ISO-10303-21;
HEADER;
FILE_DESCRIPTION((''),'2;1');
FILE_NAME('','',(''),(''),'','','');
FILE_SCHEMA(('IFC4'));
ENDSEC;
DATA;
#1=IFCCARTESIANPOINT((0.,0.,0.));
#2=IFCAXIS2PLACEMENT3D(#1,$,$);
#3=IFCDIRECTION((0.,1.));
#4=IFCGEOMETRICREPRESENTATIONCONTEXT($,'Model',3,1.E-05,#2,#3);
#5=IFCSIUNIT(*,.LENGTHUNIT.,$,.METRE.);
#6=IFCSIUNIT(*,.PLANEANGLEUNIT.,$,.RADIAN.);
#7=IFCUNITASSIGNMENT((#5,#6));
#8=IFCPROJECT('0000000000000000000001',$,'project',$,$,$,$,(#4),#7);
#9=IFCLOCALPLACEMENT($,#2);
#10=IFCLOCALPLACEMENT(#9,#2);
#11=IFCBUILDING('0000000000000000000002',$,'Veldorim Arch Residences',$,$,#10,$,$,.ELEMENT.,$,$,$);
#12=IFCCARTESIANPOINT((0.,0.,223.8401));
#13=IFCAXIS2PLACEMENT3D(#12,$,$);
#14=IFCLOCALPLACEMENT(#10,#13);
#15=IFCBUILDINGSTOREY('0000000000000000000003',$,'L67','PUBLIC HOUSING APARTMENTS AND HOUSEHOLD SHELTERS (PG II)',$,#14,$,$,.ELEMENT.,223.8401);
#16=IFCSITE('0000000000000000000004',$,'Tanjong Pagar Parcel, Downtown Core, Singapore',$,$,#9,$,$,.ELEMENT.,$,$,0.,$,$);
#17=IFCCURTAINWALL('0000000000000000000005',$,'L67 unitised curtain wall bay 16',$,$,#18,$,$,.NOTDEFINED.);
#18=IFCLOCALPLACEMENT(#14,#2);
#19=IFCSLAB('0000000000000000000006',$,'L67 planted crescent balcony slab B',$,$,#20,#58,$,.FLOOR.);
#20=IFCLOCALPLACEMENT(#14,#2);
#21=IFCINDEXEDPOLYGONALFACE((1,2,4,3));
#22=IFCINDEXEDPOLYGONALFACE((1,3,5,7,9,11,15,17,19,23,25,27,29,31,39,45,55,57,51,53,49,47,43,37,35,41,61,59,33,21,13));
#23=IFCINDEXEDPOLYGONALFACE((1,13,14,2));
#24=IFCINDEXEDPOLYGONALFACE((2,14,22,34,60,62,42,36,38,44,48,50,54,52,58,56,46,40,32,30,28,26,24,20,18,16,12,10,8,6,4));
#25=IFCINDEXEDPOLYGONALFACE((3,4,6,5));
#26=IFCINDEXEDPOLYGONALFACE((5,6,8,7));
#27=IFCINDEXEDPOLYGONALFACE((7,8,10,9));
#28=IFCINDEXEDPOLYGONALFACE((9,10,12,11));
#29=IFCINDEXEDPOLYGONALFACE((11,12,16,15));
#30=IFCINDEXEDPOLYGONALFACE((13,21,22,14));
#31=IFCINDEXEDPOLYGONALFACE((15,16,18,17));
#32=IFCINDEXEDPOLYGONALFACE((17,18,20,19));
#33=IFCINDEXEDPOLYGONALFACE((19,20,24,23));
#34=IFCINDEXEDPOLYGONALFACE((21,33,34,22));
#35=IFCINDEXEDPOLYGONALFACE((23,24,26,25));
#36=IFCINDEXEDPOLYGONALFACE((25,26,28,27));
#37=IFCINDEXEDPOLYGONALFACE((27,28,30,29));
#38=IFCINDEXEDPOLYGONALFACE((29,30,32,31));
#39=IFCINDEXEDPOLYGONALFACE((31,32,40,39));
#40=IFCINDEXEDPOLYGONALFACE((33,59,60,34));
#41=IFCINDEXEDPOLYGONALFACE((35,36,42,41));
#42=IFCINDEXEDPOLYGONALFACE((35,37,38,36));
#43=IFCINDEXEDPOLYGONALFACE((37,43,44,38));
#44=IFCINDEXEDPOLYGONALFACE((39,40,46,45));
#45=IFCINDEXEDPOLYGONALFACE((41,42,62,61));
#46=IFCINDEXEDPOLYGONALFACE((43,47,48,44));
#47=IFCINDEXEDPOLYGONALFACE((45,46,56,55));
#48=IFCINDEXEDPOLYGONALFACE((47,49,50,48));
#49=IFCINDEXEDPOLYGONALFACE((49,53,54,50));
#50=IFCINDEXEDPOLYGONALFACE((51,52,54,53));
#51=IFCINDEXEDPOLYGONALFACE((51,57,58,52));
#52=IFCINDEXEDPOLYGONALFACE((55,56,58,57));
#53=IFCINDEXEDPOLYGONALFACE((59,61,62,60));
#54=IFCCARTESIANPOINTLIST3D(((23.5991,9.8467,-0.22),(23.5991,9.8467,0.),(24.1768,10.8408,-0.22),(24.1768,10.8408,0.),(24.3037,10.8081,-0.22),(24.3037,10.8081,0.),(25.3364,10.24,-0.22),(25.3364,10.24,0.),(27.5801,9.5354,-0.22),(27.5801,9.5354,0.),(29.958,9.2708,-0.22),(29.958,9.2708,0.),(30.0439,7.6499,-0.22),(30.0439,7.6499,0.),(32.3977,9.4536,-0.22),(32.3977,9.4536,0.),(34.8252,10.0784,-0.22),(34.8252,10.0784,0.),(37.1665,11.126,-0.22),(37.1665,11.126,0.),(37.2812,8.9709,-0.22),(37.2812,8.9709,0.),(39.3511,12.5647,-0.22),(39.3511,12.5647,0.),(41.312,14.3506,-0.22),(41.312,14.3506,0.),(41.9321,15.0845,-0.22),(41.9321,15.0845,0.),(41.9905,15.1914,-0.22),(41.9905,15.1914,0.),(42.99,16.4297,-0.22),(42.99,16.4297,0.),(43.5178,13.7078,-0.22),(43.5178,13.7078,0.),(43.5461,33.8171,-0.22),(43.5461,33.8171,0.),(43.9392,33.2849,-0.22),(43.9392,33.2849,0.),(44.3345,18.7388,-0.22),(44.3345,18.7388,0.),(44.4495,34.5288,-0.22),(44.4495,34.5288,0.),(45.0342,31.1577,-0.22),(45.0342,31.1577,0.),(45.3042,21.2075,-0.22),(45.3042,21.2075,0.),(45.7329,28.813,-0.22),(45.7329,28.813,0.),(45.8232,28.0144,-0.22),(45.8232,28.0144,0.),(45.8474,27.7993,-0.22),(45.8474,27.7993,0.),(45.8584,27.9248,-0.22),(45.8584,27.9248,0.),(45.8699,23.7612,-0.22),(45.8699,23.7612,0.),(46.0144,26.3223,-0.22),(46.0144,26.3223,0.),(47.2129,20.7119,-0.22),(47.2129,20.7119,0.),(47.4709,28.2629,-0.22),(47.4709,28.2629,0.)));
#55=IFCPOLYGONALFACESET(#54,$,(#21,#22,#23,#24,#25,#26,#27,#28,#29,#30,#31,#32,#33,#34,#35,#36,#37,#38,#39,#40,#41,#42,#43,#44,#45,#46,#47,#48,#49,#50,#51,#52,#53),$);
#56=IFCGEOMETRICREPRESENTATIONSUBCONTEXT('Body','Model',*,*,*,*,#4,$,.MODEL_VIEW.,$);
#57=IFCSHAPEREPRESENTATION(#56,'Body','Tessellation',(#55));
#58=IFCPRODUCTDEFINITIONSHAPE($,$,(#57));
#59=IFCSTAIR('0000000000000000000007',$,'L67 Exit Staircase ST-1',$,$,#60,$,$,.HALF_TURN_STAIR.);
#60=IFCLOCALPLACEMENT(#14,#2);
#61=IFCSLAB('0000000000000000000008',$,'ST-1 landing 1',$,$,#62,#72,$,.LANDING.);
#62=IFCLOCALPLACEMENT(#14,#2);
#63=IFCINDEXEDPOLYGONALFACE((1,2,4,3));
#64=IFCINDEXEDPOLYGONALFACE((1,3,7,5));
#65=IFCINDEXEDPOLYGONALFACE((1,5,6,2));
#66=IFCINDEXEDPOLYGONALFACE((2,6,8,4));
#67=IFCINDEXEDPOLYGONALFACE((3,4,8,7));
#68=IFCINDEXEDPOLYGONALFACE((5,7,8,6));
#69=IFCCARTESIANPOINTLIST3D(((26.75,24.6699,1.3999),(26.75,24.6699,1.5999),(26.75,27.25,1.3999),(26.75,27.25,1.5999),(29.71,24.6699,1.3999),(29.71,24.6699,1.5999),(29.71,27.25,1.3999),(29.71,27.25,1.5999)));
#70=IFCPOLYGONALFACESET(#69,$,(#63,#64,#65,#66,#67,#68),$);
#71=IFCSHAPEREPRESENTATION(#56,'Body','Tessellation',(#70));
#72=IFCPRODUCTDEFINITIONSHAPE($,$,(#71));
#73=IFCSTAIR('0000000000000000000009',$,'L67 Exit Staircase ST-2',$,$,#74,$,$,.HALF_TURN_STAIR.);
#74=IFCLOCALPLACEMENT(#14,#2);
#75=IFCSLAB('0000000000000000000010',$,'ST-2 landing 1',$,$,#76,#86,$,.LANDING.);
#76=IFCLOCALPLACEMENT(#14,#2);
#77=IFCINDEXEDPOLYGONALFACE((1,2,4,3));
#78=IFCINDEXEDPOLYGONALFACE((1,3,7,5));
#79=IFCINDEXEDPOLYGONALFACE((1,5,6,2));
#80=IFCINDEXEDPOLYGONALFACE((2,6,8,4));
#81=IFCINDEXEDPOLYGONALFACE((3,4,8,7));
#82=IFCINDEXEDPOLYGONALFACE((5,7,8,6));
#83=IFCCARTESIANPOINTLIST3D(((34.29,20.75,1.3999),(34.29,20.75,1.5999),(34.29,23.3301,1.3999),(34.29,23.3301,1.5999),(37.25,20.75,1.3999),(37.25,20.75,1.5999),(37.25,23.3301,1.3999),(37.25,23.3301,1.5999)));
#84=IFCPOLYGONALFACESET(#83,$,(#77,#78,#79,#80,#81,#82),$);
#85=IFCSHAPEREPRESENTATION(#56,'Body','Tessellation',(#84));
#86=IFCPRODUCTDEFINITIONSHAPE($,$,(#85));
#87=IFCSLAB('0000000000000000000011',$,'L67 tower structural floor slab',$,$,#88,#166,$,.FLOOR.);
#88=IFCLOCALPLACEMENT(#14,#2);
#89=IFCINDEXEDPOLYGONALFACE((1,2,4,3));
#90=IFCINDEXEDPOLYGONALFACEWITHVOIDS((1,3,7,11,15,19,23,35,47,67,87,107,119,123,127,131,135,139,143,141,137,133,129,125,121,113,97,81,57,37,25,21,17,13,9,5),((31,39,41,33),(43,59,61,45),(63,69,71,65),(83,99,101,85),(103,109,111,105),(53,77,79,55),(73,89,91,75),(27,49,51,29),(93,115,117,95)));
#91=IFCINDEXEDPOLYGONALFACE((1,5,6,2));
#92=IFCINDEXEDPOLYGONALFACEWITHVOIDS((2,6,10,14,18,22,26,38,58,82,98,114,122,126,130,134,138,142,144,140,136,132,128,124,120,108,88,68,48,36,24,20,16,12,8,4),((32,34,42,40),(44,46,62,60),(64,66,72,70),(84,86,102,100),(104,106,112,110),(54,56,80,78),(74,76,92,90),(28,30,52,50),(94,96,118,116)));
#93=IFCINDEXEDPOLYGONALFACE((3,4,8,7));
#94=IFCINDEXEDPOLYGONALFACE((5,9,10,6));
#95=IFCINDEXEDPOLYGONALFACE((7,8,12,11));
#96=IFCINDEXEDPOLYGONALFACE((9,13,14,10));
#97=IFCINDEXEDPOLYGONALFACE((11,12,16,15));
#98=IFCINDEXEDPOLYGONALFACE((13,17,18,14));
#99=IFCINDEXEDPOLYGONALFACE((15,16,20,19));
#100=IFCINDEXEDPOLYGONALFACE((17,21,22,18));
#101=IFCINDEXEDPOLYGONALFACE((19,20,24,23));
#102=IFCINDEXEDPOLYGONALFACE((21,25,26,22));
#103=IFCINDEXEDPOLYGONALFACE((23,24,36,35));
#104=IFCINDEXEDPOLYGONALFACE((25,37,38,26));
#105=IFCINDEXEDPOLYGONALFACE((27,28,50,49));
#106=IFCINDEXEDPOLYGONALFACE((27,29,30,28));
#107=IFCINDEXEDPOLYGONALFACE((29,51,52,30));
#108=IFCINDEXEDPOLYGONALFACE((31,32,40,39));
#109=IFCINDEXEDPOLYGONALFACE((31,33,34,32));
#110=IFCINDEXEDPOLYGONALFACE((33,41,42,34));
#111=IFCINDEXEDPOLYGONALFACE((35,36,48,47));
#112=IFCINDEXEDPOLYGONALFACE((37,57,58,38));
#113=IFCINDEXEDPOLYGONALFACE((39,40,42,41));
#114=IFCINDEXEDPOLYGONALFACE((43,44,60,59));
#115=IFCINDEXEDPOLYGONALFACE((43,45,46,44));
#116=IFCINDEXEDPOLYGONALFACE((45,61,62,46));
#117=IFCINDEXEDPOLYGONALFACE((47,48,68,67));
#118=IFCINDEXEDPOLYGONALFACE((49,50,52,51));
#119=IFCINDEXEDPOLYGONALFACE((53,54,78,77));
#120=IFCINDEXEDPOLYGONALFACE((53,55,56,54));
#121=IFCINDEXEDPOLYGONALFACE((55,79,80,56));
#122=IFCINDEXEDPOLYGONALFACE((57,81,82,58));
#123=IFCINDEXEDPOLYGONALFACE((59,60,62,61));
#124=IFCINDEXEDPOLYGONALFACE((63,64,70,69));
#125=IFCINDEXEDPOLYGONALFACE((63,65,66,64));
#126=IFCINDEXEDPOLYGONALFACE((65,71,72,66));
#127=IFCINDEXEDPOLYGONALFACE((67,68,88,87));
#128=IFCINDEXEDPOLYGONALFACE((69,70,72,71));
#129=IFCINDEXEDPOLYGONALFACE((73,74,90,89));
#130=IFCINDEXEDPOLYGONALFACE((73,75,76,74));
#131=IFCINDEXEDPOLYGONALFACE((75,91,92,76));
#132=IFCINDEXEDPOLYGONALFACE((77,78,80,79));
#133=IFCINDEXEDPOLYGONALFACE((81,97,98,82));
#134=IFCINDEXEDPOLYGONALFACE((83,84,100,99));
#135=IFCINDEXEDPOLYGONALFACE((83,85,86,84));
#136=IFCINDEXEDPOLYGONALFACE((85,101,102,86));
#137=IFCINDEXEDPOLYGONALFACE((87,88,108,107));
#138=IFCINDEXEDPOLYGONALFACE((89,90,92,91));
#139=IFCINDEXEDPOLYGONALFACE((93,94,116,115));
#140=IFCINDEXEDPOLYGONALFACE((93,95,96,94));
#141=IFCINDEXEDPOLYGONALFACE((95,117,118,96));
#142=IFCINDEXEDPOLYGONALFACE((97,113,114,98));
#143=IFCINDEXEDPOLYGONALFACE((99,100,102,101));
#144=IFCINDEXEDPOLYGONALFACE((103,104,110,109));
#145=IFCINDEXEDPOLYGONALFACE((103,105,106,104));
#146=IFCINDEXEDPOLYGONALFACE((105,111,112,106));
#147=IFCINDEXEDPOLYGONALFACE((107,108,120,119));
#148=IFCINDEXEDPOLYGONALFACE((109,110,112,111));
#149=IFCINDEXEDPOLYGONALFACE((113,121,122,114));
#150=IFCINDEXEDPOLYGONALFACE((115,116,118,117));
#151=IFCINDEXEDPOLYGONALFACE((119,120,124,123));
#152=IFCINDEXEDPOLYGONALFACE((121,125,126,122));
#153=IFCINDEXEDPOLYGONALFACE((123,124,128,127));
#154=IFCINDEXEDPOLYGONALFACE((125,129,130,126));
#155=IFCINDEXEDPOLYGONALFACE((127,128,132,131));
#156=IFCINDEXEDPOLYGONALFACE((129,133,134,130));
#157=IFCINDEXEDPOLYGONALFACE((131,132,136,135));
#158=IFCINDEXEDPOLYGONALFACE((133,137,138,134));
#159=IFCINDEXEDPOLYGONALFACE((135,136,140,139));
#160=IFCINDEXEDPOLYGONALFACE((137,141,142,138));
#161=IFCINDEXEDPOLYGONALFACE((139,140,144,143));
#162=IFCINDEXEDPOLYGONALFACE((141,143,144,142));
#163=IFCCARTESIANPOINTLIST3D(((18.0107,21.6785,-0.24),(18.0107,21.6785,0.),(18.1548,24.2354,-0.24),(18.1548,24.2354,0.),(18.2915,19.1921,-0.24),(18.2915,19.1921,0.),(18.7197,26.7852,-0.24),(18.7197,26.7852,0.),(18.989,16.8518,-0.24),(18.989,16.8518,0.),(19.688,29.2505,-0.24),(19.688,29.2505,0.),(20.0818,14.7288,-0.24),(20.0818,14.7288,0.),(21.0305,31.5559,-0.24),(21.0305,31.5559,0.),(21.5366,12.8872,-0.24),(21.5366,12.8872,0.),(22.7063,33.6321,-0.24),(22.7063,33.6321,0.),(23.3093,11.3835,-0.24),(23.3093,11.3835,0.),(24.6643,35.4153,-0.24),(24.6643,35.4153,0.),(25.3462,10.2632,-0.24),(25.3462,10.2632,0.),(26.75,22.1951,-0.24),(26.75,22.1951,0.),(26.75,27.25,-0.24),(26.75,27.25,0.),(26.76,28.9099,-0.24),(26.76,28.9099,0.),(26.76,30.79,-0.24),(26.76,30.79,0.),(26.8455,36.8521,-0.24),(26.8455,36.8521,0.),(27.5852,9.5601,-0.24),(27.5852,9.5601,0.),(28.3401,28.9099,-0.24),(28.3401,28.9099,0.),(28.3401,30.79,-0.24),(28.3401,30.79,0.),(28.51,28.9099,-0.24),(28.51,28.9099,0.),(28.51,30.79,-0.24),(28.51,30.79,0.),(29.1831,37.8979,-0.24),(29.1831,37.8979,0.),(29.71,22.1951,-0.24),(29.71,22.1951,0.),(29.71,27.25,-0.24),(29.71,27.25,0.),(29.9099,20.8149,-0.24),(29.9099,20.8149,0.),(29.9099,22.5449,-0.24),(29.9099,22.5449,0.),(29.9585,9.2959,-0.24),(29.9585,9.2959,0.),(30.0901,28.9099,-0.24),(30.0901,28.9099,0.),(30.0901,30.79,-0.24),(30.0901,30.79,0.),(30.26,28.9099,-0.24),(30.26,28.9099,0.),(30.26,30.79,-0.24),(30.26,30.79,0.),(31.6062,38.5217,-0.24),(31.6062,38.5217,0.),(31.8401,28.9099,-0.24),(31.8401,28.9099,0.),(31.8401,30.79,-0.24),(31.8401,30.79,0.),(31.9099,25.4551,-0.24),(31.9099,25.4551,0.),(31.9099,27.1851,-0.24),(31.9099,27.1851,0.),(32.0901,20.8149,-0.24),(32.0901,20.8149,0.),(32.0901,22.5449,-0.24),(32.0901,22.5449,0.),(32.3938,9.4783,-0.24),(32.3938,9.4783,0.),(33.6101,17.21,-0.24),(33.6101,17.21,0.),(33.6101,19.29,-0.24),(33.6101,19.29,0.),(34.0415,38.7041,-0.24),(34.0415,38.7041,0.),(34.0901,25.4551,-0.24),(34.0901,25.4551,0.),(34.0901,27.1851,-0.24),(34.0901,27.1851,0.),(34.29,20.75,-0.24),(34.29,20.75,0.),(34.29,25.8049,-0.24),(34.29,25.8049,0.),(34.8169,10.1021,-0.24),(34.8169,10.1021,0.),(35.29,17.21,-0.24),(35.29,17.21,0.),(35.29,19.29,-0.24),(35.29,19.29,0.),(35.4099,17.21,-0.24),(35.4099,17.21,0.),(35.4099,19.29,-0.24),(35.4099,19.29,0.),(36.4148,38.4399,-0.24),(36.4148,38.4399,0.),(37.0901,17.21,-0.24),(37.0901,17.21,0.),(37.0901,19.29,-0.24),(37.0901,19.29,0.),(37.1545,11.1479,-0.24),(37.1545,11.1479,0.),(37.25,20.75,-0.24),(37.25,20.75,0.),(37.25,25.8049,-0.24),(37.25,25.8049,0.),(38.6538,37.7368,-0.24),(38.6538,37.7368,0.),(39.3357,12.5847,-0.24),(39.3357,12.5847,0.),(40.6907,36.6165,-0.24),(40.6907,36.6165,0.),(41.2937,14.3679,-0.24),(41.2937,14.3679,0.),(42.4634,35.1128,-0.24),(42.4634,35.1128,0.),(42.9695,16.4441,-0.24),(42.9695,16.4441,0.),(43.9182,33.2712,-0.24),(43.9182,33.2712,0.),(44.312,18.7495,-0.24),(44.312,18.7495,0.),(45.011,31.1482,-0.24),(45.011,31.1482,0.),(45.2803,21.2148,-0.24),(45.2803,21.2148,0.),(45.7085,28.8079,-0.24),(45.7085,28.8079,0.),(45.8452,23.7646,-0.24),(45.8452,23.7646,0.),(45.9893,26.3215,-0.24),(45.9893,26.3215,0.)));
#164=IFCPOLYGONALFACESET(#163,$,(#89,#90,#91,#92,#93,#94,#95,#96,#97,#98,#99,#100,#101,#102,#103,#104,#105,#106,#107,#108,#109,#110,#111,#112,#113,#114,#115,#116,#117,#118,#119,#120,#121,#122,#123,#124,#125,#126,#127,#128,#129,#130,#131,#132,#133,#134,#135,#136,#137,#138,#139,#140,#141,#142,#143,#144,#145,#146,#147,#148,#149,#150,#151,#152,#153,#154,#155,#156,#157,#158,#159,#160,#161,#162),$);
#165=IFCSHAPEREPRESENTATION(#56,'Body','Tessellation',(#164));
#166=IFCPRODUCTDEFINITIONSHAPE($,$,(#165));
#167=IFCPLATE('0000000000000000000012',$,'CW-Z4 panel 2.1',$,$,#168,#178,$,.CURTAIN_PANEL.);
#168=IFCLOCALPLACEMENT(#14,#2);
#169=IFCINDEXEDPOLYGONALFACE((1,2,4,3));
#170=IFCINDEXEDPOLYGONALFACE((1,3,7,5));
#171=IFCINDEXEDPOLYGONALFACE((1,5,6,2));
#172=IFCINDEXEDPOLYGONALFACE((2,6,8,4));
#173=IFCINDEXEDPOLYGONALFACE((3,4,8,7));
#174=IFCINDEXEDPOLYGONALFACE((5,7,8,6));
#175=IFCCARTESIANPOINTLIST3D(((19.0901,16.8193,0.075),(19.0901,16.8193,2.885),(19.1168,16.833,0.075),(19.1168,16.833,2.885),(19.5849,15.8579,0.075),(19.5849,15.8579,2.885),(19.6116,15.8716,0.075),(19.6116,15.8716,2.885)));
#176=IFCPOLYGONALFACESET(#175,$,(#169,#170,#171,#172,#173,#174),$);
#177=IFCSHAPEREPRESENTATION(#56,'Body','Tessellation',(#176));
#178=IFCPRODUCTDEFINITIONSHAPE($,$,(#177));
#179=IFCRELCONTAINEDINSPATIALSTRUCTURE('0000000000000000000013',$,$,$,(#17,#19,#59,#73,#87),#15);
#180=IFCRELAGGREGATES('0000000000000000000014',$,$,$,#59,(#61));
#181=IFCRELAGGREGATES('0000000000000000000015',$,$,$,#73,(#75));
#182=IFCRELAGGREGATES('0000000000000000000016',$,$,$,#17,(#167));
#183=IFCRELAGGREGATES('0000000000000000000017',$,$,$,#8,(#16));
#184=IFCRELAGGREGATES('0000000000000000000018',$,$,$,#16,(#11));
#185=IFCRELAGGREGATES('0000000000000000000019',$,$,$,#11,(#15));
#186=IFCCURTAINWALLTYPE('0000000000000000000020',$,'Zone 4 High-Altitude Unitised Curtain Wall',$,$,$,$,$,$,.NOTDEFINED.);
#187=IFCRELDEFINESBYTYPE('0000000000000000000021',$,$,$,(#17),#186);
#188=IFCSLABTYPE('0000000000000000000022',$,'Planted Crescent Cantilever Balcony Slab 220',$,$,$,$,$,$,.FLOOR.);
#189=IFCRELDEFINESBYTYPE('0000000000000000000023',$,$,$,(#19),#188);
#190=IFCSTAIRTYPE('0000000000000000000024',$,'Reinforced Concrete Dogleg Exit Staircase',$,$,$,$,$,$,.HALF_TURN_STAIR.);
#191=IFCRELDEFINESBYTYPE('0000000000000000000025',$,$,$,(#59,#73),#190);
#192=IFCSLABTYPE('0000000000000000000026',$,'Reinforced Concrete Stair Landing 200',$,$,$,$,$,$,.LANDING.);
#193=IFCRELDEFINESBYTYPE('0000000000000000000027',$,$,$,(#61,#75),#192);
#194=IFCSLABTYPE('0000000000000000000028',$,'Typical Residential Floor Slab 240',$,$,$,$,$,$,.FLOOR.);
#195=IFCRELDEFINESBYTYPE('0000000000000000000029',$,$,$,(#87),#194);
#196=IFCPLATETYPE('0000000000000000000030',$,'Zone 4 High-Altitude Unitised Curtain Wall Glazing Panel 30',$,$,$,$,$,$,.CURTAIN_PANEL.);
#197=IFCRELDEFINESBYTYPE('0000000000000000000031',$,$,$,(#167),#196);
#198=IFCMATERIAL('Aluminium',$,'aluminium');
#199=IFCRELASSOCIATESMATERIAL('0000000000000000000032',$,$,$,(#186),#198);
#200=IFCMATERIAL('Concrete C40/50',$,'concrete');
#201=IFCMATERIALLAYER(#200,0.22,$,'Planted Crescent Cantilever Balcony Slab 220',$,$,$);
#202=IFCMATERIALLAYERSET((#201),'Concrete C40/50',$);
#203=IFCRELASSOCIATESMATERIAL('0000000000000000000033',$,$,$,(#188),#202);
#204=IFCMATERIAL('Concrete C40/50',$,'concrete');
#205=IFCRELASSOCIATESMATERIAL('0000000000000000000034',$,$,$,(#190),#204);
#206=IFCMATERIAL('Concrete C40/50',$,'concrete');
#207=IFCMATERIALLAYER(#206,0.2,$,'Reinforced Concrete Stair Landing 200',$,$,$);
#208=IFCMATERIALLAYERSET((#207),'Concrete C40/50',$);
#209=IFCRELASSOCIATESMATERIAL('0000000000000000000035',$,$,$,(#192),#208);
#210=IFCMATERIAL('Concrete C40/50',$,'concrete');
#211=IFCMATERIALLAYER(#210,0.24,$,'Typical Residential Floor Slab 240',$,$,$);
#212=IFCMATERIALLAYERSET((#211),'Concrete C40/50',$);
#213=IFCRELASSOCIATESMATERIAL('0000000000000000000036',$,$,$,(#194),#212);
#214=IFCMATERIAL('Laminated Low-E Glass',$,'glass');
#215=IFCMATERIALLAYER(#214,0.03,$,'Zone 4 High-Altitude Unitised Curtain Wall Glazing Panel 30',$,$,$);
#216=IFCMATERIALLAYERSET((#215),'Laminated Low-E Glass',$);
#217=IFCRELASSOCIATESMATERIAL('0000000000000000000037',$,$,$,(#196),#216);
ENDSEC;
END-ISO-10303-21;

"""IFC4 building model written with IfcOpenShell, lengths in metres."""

from ifc_helpers import new_model, si_unit, direction, frame, origin, origin_2d, place, context, subcontext, project, spatial, polyline, rectangle, outline, extrude, material, layer, layer_set, type_object, element, aggregate, save


model = new_model("IFC4")

# Units and contexts
model_context = context("Model", 3, precision=1e-05, world=origin(), true_north=direction((0.0, 1.0)))
body_context = subcontext(model_context, "Body", "Model", "MODEL_VIEW")
ifc_project = project(units=[si_unit("LENGTHUNIT", "METRE"), si_unit("PLANEANGLEUNIT", "RADIAN")], contexts=[model_context])

# Site, building, storey
site_placement = place(None, origin())
site = spatial("IfcSite", under=ifc_project, at=site_placement, Name="Tanjong Pagar Parcel, Downtown Core, Singapore", CompositionType="ELEMENT", RefElevation=0.0)
building_placement = place(site_placement, origin())
building = spatial("IfcBuilding", under=site, at=building_placement, Name="Veldorim Arch Residences", CompositionType="ELEMENT")
storey_placement = place(building_placement, frame((0.0, 0.0, 223.8401)))
storey = spatial("IfcBuildingStorey", under=building, at=storey_placement, Name="L67", Description="PUBLIC HOUSING APARTMENTS AND HOUSEHOLD SHELTERS (PG II)", CompositionType="ELEMENT", Elevation=223.8401)

# Curtain wall
ifc_material_1 = material(Name="Aluminium", Category="aluminium")
curtain_wall_type = type_object("IfcCurtainWallType", Name="Zone 4 High-Altitude Unitised Curtain Wall", PredefinedType="NOTDEFINED", material=ifc_material_1)
curtain_wall_placement = place(storey_placement, origin())
curtain_wall = element("IfcCurtainWall", 1, at=curtain_wall_placement, inside=storey, type_object=curtain_wall_type, Name="L67 unitised curtain wall bay 16", PredefinedType="NOTDEFINED")

# Slab
ifc_material_2 = material(Name="Concrete C40/50", Category="concrete")
ifc_layer_1 = layer(ifc_material_2, 0.22, Name="Planted Crescent Cantilever Balcony Slab 220")
ifc_layer_set_1 = layer_set([ifc_layer_1], Name="Concrete C40/50")
slab_type_1 = type_object("IfcSlabType", Name="Planted Crescent Cantilever Balcony Slab 220", PredefinedType="FLOOR", material=ifc_layer_set_1)
slab_1_placement = place(storey_placement, frame((0.0, 0.0, -0.22)))
element("IfcSlab", 2, at=slab_1_placement, inside=storey, type_object=slab_type_1, Name="L67 planted crescent balcony slab B", PredefinedType="FLOOR", context=body_context, shape_type="SweptSolid", body=[
    extrude(outline(polyline([(24.3037, 10.8081), (25.3364, 10.24), (27.5801, 9.5354), (29.958, 9.2708), (32.3977, 9.4536), (34.8252, 10.0784), (37.1665, 11.126), (39.3511, 12.5647), (41.312, 14.3506), (41.9321, 15.0845), (41.9905, 15.1914), (42.99, 16.4297), (44.3345, 18.7388), (45.3042, 21.2075), (45.8699, 23.7612), (46.0144, 26.3223), (45.8474, 27.7993), (45.8584, 27.9248), (45.8232, 28.0144), (45.7329, 28.813), (45.0342, 31.1577), (43.9392, 33.2849), (43.5461, 33.8171), (44.4495, 34.5288), (47.4709, 28.2629), (47.2129, 20.7119), (43.5178, 13.7078), (37.2812, 8.9709), (30.0439, 7.6499), (23.5991, 9.8467), (24.1768, 10.8408), (24.3037, 10.8081)])), origin(), (0.0, 0.0, 1.0), 0.22),
])

# Stairs, slabs
ifc_material_3 = material(Name="Concrete C40/50", Category="concrete")
stair_type = type_object("IfcStairType", Name="Reinforced Concrete Dogleg Exit Staircase", PredefinedType="HALF_TURN_STAIR", material=ifc_material_3)
stair_1_placement = place(storey_placement, origin())
stair_1 = element("IfcStair", 3, at=stair_1_placement, inside=storey, type_object=stair_type, Name="L67 Exit Staircase ST-1", PredefinedType="HALF_TURN_STAIR")
ifc_material_4 = material(Name="Concrete C40/50", Category="concrete")
ifc_layer_2 = layer(ifc_material_4, 0.2, Name="Reinforced Concrete Stair Landing 200")
ifc_layer_set_2 = layer_set([ifc_layer_2], Name="Concrete C40/50")
slab_type_2 = type_object("IfcSlabType", Name="Reinforced Concrete Stair Landing 200", PredefinedType="LANDING", material=ifc_layer_set_2)
slab_2_placement = place(storey_placement, frame((0.0, 0.0, 1.3999)))
slab_2 = element("IfcSlab", 4, at=slab_2_placement, type_object=slab_type_2, Name="ST-1 landing 1", PredefinedType="LANDING", context=body_context, shape_type="SweptSolid", body=[
    extrude(outline(polyline([(29.71, 24.6699), (29.71, 27.25), (26.75, 27.25), (26.75, 24.6699), (29.71, 24.6699)])), origin(), (0.0, 0.0, 1.0), 0.2),
])
aggregate(stair_1, [slab_2])
stair_2_placement = place(storey_placement, origin())
stair_2 = element("IfcStair", 5, at=stair_2_placement, inside=storey, type_object=stair_type, Name="L67 Exit Staircase ST-2", PredefinedType="HALF_TURN_STAIR")
slab_3_placement = place(storey_placement, frame((0.0, 0.0, 1.3999)))
slab_3 = element("IfcSlab", 6, at=slab_3_placement, type_object=slab_type_2, Name="ST-2 landing 1", PredefinedType="LANDING", context=body_context, shape_type="SweptSolid", body=[
    extrude(outline(polyline([(34.29, 23.3301), (34.29, 20.75), (37.25, 20.75), (37.25, 23.3301), (34.29, 23.3301)])), origin(), (0.0, 0.0, 1.0), 0.2),
])
aggregate(stair_2, [slab_3])

# Slab
ifc_material_5 = material(Name="Concrete C40/50", Category="concrete")
ifc_layer_3 = layer(ifc_material_5, 0.24, Name="Typical Residential Floor Slab 240")
ifc_layer_set_3 = layer_set([ifc_layer_3], Name="Concrete C40/50")
slab_type_3 = type_object("IfcSlabType", Name="Typical Residential Floor Slab 240", PredefinedType="FLOOR", material=ifc_layer_set_3)
slab_4_placement = place(storey_placement, frame((0.0, 0.0, -0.24)))
element("IfcSlab", 7, at=slab_4_placement, inside=storey, type_object=slab_type_3, Name="L67 tower structural floor slab", PredefinedType="FLOOR", context=body_context, shape_type="SweptSolid", body=[
    extrude(outline(polyline([(40.6907, 36.6165), (38.6538, 37.7368), (36.4148, 38.4399), (34.0415, 38.7041), (31.6062, 38.5217), (29.1831, 37.8979), (26.8455, 36.8521), (24.6643, 35.4153), (22.7063, 33.6321), (21.0305, 31.5559), (19.688, 29.2505), (18.7197, 26.7852), (18.1548, 24.2354), (18.0107, 21.6785), (18.2915, 19.1921), (18.989, 16.8518), (20.0818, 14.7288), (21.5366, 12.8872), (23.3093, 11.3835), (25.3462, 10.2632), (27.5852, 9.5601), (29.9585, 9.2959), (32.3938, 9.4783), (34.8169, 10.1021), (37.1545, 11.1479), (39.3357, 12.5847), (41.2937, 14.3679), (42.9695, 16.4441), (44.312, 18.7495), (45.2803, 21.2148), (45.8452, 23.7646), (45.9893, 26.3215), (45.7085, 28.8079), (45.011, 31.1482), (43.9182, 33.2712), (42.4634, 35.1128), (40.6907, 36.6165)]), holes=[polyline([(33.6101, 17.21), (33.6101, 19.29), (35.29, 19.29), (35.29, 17.21), (33.6101, 17.21)]), polyline([(35.4099, 17.21), (35.4099, 19.29), (37.0901, 19.29), (37.0901, 17.21), (35.4099, 17.21)]), polyline([(29.9099, 20.8149), (29.9099, 22.5449), (32.0901, 22.5449), (32.0901, 20.8149), (29.9099, 20.8149)]), polyline([(34.29, 20.75), (34.29, 25.8049), (37.25, 25.8049), (37.25, 20.75), (34.29, 20.75)]), polyline([(26.75, 22.1951), (26.75, 27.25), (29.71, 27.25), (29.71, 22.1951), (26.75, 22.1951)]), polyline([(31.9099, 25.4551), (31.9099, 27.1851), (34.0901, 27.1851), (34.0901, 25.4551), (31.9099, 25.4551)]), polyline([(26.76, 28.9099), (26.76, 30.79), (28.3401, 30.79), (28.3401, 28.9099), (26.76, 28.9099)]), polyline([(28.51, 30.79), (30.0901, 30.79), (30.0901, 28.9099), (28.51, 28.9099), (28.51, 30.79)]), polyline([(30.26, 30.79), (31.8401, 30.79), (31.8401, 28.9099), (30.26, 28.9099), (30.26, 30.79)])]), origin(), (0.0, 0.0, 1.0), 0.24),
])

# Plate
ifc_material_6 = material(Name="Laminated Low-E Glass", Category="glass")
ifc_layer_4 = layer(ifc_material_6, 0.03, Name="Zone 4 High-Altitude Unitised Curtain Wall Glazing Panel 30")
ifc_layer_set_4 = layer_set([ifc_layer_4], Name="Laminated Low-E Glass")
plate_type = type_object("IfcPlateType", Name="Zone 4 High-Altitude Unitised Curtain Wall Glazing Panel 30", PredefinedType="CURTAIN_PANEL", material=ifc_layer_set_4)
plate_placement = place(storey_placement, frame((19.3508, 16.3455, 0.075), z_axis=(0.0, 0.0, 1.0), x_axis=(-0.457653, 0.889131, 0.0)))
plate = element("IfcPlate", 8, at=plate_placement, type_object=plate_type, Name="CW-Z4 panel 2.1", PredefinedType="CURTAIN_PANEL", context=body_context, shape_type="SweptSolid", body=[
    extrude(rectangle(XDim=1.0813, YDim=0.03, at=origin_2d()), origin(), (0.0, 0.0, 1.0), 2.8101),
])
aggregate(curtain_wall, [plate])

save(model, "model.ifc")
